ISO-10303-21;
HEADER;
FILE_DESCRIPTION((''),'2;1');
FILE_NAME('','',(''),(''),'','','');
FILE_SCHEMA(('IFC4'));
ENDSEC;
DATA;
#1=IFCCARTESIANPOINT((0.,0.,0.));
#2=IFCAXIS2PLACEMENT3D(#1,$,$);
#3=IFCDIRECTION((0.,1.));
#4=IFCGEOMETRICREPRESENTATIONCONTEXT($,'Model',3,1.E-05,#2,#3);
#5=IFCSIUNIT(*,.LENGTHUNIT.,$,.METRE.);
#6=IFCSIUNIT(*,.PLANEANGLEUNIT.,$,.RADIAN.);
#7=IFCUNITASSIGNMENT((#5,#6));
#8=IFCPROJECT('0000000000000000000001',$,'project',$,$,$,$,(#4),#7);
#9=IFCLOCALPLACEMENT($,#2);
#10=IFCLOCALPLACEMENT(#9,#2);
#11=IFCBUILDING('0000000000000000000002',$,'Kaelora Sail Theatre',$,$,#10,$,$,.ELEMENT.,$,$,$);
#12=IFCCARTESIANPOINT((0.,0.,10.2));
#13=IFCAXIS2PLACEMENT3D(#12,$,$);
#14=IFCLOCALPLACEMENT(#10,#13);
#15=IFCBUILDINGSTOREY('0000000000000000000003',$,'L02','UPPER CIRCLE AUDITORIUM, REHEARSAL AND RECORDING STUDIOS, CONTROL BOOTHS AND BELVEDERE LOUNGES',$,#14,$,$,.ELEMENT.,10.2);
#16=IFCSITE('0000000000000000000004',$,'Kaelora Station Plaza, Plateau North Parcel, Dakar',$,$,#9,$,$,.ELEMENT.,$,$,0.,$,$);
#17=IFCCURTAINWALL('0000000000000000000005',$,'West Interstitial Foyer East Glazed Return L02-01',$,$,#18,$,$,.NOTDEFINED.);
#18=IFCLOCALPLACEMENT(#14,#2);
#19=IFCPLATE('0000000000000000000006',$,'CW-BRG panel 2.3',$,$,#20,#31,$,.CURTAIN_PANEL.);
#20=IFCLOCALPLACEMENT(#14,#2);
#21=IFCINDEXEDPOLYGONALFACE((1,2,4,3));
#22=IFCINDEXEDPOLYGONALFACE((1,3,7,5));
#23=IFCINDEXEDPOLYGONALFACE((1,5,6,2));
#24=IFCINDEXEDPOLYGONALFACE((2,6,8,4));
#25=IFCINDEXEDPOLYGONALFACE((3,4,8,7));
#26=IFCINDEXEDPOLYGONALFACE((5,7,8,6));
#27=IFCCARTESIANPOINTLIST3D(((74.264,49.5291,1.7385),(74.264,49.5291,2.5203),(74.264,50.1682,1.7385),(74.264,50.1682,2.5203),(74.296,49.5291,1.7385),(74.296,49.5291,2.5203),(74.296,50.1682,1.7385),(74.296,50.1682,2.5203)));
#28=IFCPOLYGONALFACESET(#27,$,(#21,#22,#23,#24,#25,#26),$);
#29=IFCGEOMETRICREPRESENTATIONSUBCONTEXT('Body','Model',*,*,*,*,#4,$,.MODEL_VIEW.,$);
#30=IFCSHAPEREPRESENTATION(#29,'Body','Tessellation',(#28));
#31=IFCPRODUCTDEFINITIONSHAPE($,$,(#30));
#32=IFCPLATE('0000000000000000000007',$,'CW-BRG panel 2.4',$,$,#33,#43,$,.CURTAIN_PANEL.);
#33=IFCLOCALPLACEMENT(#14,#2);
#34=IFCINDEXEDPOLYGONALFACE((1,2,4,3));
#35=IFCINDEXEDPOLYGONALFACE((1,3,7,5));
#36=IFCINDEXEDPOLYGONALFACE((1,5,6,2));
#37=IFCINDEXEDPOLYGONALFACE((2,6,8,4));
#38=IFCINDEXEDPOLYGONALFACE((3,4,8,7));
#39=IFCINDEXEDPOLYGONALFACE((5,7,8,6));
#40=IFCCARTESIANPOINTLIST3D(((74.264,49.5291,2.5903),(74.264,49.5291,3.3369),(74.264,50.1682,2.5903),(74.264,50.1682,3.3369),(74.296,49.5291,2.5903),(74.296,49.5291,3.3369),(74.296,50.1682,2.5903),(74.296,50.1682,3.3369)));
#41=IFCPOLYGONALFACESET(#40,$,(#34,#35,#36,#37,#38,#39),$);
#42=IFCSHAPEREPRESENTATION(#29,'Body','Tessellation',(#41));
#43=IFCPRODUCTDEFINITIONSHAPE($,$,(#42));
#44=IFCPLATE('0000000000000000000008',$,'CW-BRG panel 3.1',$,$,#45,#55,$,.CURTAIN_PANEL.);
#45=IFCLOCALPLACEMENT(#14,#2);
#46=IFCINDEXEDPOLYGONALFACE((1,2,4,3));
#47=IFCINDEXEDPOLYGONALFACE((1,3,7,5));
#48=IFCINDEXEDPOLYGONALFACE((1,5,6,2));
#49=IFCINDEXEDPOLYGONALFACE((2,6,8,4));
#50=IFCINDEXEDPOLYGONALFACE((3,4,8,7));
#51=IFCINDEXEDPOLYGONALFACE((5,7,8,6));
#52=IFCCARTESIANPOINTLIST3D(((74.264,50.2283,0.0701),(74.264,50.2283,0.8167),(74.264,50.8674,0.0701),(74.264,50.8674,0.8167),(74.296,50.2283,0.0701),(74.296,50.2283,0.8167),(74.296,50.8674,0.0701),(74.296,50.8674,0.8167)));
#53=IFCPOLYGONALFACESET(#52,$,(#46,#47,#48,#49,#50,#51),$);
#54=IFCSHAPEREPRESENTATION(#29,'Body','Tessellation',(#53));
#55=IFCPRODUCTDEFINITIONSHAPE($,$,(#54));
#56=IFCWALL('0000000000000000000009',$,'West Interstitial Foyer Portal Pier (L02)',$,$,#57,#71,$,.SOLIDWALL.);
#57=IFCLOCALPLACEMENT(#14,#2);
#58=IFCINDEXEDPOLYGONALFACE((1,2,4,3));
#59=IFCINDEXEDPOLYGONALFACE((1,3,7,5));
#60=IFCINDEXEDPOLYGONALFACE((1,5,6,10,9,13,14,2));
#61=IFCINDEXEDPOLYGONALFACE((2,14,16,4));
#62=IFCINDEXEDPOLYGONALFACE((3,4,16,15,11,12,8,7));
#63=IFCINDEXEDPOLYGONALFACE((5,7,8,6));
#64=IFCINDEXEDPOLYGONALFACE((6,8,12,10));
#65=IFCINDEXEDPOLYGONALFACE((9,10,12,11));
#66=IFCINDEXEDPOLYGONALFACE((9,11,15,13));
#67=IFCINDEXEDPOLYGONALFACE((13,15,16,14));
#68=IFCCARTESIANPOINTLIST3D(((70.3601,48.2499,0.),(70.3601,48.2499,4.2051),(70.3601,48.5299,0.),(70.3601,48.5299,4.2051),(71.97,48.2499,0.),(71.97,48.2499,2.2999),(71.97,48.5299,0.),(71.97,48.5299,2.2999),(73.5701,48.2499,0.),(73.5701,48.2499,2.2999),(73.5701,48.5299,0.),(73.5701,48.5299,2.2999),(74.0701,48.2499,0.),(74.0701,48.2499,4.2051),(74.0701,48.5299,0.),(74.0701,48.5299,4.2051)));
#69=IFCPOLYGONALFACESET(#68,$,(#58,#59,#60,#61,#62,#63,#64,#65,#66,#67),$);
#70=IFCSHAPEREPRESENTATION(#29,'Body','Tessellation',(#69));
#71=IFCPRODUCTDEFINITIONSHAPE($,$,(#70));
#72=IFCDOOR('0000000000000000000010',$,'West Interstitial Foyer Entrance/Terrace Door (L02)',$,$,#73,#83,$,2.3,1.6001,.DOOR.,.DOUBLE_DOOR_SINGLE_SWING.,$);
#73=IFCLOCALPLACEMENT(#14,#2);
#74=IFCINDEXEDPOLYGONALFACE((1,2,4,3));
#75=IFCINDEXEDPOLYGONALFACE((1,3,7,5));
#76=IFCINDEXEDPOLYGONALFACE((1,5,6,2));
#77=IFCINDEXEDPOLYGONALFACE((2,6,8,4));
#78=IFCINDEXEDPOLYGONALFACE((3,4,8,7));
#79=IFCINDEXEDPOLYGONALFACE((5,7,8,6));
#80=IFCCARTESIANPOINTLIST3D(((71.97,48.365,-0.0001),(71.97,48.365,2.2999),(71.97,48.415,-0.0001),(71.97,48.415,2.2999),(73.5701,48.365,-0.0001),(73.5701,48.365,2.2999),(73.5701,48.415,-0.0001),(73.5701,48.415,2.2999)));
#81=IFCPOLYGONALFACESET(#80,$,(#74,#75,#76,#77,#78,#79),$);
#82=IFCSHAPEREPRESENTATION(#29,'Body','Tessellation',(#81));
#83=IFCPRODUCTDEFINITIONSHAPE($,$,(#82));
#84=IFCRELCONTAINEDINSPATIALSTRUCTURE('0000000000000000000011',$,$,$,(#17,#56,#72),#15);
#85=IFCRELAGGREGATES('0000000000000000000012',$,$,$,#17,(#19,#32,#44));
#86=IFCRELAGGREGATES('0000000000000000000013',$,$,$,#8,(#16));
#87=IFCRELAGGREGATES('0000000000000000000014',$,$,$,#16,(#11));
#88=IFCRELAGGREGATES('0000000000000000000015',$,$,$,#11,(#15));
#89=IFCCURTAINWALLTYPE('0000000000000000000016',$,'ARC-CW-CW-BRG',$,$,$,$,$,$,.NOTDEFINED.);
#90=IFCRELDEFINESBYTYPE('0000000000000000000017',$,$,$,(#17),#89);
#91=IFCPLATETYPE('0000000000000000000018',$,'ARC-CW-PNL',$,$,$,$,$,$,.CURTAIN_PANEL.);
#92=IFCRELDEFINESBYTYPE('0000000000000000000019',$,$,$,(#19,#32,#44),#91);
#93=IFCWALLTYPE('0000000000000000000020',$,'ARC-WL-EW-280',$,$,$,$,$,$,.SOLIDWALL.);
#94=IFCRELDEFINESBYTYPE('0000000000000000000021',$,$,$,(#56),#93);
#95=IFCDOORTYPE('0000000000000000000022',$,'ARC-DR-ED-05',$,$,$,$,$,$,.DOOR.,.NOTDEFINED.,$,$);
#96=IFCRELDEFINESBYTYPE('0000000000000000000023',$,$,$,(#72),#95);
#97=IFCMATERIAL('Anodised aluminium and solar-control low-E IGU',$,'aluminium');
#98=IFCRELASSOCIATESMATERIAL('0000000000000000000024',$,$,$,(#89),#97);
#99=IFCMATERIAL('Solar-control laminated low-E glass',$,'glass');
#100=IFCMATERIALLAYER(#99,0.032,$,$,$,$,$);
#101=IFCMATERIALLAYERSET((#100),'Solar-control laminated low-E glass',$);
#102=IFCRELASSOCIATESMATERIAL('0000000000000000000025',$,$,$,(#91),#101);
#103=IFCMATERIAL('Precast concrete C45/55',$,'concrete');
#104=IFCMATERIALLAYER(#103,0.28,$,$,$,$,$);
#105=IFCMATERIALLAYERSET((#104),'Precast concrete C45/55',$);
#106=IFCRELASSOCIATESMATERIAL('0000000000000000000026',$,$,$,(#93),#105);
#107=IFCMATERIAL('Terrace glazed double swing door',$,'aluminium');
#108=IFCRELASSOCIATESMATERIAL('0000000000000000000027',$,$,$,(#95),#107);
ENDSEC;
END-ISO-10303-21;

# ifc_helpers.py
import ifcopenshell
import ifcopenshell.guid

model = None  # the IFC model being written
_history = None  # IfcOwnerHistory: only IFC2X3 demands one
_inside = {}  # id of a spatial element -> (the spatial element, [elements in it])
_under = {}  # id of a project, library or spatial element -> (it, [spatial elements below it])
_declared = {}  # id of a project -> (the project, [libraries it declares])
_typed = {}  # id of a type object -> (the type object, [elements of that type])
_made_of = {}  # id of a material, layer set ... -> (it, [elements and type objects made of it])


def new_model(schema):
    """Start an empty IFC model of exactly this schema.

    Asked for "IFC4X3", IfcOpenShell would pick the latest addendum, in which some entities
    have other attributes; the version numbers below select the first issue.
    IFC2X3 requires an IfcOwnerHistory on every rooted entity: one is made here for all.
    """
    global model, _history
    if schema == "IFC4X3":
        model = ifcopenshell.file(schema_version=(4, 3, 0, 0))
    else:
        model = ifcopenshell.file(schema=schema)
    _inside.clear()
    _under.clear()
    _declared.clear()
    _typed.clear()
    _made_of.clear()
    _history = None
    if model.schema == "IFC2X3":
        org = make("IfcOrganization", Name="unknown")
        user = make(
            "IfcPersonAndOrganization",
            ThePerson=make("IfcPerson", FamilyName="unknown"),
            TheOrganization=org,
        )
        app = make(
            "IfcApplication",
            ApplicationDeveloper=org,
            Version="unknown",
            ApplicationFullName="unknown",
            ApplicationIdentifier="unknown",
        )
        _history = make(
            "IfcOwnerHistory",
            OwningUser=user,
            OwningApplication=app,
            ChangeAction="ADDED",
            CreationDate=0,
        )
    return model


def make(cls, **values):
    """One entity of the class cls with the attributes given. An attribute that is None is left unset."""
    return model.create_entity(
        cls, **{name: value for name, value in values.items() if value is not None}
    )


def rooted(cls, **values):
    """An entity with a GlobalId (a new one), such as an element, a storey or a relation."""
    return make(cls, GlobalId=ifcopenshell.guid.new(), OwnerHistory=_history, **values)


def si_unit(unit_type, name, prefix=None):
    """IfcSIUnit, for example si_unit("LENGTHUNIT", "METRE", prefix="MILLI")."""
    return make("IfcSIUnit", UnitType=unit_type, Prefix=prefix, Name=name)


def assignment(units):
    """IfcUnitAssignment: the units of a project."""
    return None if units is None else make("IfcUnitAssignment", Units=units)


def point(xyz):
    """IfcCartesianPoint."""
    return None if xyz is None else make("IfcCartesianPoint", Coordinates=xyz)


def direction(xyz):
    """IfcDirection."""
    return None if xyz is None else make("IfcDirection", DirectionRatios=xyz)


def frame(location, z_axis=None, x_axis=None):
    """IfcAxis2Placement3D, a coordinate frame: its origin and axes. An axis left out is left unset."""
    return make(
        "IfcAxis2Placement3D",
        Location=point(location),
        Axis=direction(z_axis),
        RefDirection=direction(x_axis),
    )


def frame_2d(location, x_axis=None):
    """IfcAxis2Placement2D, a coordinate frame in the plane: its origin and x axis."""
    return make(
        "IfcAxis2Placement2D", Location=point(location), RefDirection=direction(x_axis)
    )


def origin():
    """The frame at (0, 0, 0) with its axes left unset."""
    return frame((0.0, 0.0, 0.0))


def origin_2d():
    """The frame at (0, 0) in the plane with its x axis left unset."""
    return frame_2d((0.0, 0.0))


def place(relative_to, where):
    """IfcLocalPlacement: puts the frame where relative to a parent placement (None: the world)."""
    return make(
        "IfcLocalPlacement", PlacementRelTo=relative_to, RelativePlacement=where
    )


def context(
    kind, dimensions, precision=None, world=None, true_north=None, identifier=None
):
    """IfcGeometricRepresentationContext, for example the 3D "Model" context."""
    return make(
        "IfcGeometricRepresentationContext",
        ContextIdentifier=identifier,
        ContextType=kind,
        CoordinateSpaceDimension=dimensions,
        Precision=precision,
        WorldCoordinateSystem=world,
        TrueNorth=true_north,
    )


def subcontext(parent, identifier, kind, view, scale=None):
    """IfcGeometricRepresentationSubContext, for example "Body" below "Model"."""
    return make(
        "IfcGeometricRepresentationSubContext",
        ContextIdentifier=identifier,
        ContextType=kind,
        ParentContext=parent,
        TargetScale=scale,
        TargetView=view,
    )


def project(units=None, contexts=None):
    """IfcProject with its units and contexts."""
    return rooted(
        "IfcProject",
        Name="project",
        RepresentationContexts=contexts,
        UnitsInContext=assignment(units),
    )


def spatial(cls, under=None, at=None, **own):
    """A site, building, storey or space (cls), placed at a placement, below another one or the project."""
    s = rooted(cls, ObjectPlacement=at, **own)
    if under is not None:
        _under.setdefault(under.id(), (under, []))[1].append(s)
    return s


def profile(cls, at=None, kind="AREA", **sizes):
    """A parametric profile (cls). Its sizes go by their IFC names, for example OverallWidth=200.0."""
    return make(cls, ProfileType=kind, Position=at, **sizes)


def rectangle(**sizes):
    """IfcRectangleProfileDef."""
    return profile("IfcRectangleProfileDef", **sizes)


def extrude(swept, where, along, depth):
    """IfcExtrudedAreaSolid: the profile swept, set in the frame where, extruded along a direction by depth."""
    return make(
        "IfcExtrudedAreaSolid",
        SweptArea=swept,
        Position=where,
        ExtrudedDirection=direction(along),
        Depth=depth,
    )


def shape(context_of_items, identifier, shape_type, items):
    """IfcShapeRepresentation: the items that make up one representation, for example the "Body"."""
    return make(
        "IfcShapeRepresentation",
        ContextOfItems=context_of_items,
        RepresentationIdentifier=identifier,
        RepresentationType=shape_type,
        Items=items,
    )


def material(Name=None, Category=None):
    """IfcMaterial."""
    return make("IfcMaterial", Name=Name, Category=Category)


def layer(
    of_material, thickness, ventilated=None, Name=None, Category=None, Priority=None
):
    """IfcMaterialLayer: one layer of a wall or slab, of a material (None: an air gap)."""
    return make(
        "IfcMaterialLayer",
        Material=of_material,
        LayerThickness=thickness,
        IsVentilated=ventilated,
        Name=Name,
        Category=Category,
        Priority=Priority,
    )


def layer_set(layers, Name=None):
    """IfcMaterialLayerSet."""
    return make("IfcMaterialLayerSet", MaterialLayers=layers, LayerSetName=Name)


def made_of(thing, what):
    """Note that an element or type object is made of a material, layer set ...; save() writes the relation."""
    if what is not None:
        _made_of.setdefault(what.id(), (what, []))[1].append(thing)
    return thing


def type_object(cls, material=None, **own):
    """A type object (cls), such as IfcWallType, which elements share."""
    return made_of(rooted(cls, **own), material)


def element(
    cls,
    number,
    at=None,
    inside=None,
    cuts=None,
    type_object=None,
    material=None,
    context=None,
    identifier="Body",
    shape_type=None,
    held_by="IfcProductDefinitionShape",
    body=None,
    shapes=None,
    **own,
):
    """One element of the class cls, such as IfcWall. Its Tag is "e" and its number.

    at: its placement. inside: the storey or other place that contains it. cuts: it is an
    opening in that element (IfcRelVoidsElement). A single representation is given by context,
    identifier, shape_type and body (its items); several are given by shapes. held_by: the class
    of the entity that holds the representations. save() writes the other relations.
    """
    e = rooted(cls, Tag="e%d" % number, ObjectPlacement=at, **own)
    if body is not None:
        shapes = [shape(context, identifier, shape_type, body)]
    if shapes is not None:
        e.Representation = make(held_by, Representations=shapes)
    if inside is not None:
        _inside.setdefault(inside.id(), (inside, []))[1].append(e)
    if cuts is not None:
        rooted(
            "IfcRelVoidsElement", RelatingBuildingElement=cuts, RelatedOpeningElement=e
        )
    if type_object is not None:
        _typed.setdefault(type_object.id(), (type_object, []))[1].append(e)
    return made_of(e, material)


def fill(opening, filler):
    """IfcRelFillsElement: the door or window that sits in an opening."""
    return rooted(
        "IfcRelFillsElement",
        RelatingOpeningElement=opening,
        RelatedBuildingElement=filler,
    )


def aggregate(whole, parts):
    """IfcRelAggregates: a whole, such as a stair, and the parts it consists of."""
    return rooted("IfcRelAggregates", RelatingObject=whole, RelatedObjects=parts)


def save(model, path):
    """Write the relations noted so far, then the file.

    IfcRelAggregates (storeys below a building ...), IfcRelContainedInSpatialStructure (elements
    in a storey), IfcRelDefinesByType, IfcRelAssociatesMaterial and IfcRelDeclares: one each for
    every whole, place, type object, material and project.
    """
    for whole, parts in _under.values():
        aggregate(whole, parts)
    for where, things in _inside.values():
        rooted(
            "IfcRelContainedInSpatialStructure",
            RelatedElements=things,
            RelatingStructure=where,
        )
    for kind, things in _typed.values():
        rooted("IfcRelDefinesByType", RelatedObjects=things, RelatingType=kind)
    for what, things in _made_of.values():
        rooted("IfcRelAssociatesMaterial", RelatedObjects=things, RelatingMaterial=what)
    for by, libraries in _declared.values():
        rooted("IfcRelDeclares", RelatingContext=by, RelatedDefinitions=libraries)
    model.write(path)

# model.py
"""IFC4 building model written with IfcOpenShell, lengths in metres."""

from ifc_helpers import new_model, si_unit, direction, frame, frame_2d, origin, origin_2d, place, context, subcontext, project, spatial, rectangle, extrude, material, layer, layer_set, type_object, element, fill, aggregate, save


model = new_model("IFC4")

# Units and contexts
model_context = context("Model", 3, precision=1e-05, world=origin(), true_north=direction((0.0, 1.0)))
body_context = subcontext(model_context, "Body", "Model", "MODEL_VIEW")
ifc_project = project(units=[si_unit("LENGTHUNIT", "METRE"), si_unit("PLANEANGLEUNIT", "RADIAN")], contexts=[model_context])

# Site, building, storey
site_placement = place(None, origin())
site = spatial("IfcSite", under=ifc_project, at=site_placement, Name="Kaelora Station Plaza, Plateau North Parcel, Dakar", CompositionType="ELEMENT", RefElevation=0.0)
building_placement = place(site_placement, origin())
building = spatial("IfcBuilding", under=site, at=building_placement, Name="Kaelora Sail Theatre", CompositionType="ELEMENT")
storey_placement = place(building_placement, frame((0.0, 0.0, 10.2)))
storey = spatial("IfcBuildingStorey", under=building, at=storey_placement, Name="L02", Description="UPPER CIRCLE AUDITORIUM, REHEARSAL AND RECORDING STUDIOS, CONTROL BOOTHS AND BELVEDERE LOUNGES", CompositionType="ELEMENT", Elevation=10.2)

# Shared definitions
ifc_material_1 = material(Name="Anodised aluminium and solar-control low-E IGU", Category="aluminium")
curtain_wall_type = type_object("IfcCurtainWallType", Name="ARC-CW-CW-BRG", PredefinedType="NOTDEFINED", material=ifc_material_1)

# Curtain wall
curtain_wall_1_placement = place(storey_placement, origin())
curtain_wall_1 = element("IfcCurtainWall", 1, at=curtain_wall_1_placement, inside=storey, type_object=curtain_wall_type, Name="West Interstitial Foyer East Glazed Return L02-01", PredefinedType="NOTDEFINED")

# Plates
ifc_material_2 = material(Name="Solar-control laminated low-E glass", Category="glass")
ifc_layer_1 = layer(ifc_material_2, 0.032)
ifc_layer_set_1 = layer_set([ifc_layer_1], Name="Solar-control laminated low-E glass")
plate_type = type_object("IfcPlateType", Name="ARC-CW-PNL", PredefinedType="CURTAIN_PANEL", material=ifc_layer_set_1)
plate_1_placement = place(storey_placement, frame((74.28, 49.8486, 1.7385), z_axis=(0.0, 0.0, 1.0), x_axis=(0.0, 1.0, 0.0)))
plate_1 = element("IfcPlate", 2, at=plate_1_placement, type_object=plate_type, Name="CW-BRG panel 2.3", PredefinedType="CURTAIN_PANEL", context=body_context, shape_type="SweptSolid", body=[
    extrude(rectangle(XDim=0.6392, YDim=0.032, at=origin_2d()), origin(), (0.0, 0.0, 1.0), 0.7817),
])
plate_2_placement = place(storey_placement, frame((74.28, 49.8486, 2.5903), z_axis=(0.0, 0.0, 1.0), x_axis=(0.0, 1.0, 0.0)))
plate_2 = element("IfcPlate", 3, at=plate_2_placement, type_object=plate_type, Name="CW-BRG panel 2.4", PredefinedType="CURTAIN_PANEL", context=body_context, shape_type="SweptSolid", body=[
    extrude(rectangle(XDim=0.6392, YDim=0.032, at=origin_2d()), origin(), (0.0, 0.0, 1.0), 0.7466),
])
plate_3_placement = place(storey_placement, frame((74.28, 50.5479, 0.0701), z_axis=(0.0, 0.0, 1.0), x_axis=(0.0, 1.0, 0.0)))
plate_3 = element("IfcPlate", 4, at=plate_3_placement, type_object=plate_type, Name="CW-BRG panel 3.1", PredefinedType="CURTAIN_PANEL", context=body_context, shape_type="SweptSolid", body=[
    extrude(rectangle(XDim=0.6392, YDim=0.032, at=origin_2d()), origin(), (0.0, 0.0, 1.0), 0.7466),
])
aggregate(curtain_wall_1, [plate_1, plate_2, plate_3])

# Wall, opening, door
ifc_material_3 = material(Name="Precast concrete C45/55", Category="concrete")
ifc_layer_2 = layer(ifc_material_3, 0.28)
ifc_layer_set_2 = layer_set([ifc_layer_2], Name="Precast concrete C45/55")
wall_type = type_object("IfcWallType", Name="ARC-WL-EW-280", PredefinedType="SOLIDWALL", material=ifc_layer_set_2)
wall_placement = place(storey_placement, frame((74.0701, 48.3899, 0.0), z_axis=(0.0, 0.0, 1.0), x_axis=(-1.0, 0.0, 0.0)))
wall = element("IfcWall", 5, at=wall_placement, inside=storey, type_object=wall_type, Name="West Interstitial Foyer Portal Pier (L02)", PredefinedType="SOLIDWALL", context=body_context, shape_type="SweptSolid", body=[
    extrude(rectangle(XDim=3.71, YDim=0.28, at=frame_2d((1.855, 0.0))), origin(), (0.0, 0.0, 1.0), 4.2051),
])
opening_placement = place(wall_placement, frame((0.5, 0.0, 0.0)))
opening = element("IfcOpeningElement", 6, at=opening_placement, cuts=wall, PredefinedType="OPENING", context=body_context, shape_type="SweptSolid", body=[
    extrude(rectangle(XDim=1.6001, YDim=2.3, at=frame_2d((0.8, 1.1499))), frame((0.0, 0.1501, 0.0), z_axis=(0.0, -1.0, 0.0), x_axis=(1.0, 0.0, 0.0)), (0.0, 0.0, 1.0), 0.3),
])
ifc_material_4 = material(Name="Terrace glazed double swing door", Category="aluminium")
door_type = type_object("IfcDoorType", Name="ARC-DR-ED-05", OperationType="NOTDEFINED", PredefinedType="DOOR", material=ifc_material_4)
door_placement = place(opening_placement, origin())
door = element("IfcDoor", 7, at=door_placement, inside=storey, type_object=door_type, Name="West Interstitial Foyer Entrance/Terrace Door (L02)", OperationType="DOUBLE_DOOR_SINGLE_SWING", OverallHeight=2.3, OverallWidth=1.6001, PredefinedType="DOOR", context=body_context, shape_type="SweptSolid", body=[
    extrude(rectangle(XDim=1.6001, YDim=2.3, at=frame_2d((0.8, 1.1499))), frame((0.0, 0.0249, 0.0), z_axis=(0.0, -1.0, 0.0), x_axis=(1.0, 0.0, 0.0)), (0.0, 0.0, 1.0), 0.05),
])
fill(opening, door)

save(model, "model.ifc")
